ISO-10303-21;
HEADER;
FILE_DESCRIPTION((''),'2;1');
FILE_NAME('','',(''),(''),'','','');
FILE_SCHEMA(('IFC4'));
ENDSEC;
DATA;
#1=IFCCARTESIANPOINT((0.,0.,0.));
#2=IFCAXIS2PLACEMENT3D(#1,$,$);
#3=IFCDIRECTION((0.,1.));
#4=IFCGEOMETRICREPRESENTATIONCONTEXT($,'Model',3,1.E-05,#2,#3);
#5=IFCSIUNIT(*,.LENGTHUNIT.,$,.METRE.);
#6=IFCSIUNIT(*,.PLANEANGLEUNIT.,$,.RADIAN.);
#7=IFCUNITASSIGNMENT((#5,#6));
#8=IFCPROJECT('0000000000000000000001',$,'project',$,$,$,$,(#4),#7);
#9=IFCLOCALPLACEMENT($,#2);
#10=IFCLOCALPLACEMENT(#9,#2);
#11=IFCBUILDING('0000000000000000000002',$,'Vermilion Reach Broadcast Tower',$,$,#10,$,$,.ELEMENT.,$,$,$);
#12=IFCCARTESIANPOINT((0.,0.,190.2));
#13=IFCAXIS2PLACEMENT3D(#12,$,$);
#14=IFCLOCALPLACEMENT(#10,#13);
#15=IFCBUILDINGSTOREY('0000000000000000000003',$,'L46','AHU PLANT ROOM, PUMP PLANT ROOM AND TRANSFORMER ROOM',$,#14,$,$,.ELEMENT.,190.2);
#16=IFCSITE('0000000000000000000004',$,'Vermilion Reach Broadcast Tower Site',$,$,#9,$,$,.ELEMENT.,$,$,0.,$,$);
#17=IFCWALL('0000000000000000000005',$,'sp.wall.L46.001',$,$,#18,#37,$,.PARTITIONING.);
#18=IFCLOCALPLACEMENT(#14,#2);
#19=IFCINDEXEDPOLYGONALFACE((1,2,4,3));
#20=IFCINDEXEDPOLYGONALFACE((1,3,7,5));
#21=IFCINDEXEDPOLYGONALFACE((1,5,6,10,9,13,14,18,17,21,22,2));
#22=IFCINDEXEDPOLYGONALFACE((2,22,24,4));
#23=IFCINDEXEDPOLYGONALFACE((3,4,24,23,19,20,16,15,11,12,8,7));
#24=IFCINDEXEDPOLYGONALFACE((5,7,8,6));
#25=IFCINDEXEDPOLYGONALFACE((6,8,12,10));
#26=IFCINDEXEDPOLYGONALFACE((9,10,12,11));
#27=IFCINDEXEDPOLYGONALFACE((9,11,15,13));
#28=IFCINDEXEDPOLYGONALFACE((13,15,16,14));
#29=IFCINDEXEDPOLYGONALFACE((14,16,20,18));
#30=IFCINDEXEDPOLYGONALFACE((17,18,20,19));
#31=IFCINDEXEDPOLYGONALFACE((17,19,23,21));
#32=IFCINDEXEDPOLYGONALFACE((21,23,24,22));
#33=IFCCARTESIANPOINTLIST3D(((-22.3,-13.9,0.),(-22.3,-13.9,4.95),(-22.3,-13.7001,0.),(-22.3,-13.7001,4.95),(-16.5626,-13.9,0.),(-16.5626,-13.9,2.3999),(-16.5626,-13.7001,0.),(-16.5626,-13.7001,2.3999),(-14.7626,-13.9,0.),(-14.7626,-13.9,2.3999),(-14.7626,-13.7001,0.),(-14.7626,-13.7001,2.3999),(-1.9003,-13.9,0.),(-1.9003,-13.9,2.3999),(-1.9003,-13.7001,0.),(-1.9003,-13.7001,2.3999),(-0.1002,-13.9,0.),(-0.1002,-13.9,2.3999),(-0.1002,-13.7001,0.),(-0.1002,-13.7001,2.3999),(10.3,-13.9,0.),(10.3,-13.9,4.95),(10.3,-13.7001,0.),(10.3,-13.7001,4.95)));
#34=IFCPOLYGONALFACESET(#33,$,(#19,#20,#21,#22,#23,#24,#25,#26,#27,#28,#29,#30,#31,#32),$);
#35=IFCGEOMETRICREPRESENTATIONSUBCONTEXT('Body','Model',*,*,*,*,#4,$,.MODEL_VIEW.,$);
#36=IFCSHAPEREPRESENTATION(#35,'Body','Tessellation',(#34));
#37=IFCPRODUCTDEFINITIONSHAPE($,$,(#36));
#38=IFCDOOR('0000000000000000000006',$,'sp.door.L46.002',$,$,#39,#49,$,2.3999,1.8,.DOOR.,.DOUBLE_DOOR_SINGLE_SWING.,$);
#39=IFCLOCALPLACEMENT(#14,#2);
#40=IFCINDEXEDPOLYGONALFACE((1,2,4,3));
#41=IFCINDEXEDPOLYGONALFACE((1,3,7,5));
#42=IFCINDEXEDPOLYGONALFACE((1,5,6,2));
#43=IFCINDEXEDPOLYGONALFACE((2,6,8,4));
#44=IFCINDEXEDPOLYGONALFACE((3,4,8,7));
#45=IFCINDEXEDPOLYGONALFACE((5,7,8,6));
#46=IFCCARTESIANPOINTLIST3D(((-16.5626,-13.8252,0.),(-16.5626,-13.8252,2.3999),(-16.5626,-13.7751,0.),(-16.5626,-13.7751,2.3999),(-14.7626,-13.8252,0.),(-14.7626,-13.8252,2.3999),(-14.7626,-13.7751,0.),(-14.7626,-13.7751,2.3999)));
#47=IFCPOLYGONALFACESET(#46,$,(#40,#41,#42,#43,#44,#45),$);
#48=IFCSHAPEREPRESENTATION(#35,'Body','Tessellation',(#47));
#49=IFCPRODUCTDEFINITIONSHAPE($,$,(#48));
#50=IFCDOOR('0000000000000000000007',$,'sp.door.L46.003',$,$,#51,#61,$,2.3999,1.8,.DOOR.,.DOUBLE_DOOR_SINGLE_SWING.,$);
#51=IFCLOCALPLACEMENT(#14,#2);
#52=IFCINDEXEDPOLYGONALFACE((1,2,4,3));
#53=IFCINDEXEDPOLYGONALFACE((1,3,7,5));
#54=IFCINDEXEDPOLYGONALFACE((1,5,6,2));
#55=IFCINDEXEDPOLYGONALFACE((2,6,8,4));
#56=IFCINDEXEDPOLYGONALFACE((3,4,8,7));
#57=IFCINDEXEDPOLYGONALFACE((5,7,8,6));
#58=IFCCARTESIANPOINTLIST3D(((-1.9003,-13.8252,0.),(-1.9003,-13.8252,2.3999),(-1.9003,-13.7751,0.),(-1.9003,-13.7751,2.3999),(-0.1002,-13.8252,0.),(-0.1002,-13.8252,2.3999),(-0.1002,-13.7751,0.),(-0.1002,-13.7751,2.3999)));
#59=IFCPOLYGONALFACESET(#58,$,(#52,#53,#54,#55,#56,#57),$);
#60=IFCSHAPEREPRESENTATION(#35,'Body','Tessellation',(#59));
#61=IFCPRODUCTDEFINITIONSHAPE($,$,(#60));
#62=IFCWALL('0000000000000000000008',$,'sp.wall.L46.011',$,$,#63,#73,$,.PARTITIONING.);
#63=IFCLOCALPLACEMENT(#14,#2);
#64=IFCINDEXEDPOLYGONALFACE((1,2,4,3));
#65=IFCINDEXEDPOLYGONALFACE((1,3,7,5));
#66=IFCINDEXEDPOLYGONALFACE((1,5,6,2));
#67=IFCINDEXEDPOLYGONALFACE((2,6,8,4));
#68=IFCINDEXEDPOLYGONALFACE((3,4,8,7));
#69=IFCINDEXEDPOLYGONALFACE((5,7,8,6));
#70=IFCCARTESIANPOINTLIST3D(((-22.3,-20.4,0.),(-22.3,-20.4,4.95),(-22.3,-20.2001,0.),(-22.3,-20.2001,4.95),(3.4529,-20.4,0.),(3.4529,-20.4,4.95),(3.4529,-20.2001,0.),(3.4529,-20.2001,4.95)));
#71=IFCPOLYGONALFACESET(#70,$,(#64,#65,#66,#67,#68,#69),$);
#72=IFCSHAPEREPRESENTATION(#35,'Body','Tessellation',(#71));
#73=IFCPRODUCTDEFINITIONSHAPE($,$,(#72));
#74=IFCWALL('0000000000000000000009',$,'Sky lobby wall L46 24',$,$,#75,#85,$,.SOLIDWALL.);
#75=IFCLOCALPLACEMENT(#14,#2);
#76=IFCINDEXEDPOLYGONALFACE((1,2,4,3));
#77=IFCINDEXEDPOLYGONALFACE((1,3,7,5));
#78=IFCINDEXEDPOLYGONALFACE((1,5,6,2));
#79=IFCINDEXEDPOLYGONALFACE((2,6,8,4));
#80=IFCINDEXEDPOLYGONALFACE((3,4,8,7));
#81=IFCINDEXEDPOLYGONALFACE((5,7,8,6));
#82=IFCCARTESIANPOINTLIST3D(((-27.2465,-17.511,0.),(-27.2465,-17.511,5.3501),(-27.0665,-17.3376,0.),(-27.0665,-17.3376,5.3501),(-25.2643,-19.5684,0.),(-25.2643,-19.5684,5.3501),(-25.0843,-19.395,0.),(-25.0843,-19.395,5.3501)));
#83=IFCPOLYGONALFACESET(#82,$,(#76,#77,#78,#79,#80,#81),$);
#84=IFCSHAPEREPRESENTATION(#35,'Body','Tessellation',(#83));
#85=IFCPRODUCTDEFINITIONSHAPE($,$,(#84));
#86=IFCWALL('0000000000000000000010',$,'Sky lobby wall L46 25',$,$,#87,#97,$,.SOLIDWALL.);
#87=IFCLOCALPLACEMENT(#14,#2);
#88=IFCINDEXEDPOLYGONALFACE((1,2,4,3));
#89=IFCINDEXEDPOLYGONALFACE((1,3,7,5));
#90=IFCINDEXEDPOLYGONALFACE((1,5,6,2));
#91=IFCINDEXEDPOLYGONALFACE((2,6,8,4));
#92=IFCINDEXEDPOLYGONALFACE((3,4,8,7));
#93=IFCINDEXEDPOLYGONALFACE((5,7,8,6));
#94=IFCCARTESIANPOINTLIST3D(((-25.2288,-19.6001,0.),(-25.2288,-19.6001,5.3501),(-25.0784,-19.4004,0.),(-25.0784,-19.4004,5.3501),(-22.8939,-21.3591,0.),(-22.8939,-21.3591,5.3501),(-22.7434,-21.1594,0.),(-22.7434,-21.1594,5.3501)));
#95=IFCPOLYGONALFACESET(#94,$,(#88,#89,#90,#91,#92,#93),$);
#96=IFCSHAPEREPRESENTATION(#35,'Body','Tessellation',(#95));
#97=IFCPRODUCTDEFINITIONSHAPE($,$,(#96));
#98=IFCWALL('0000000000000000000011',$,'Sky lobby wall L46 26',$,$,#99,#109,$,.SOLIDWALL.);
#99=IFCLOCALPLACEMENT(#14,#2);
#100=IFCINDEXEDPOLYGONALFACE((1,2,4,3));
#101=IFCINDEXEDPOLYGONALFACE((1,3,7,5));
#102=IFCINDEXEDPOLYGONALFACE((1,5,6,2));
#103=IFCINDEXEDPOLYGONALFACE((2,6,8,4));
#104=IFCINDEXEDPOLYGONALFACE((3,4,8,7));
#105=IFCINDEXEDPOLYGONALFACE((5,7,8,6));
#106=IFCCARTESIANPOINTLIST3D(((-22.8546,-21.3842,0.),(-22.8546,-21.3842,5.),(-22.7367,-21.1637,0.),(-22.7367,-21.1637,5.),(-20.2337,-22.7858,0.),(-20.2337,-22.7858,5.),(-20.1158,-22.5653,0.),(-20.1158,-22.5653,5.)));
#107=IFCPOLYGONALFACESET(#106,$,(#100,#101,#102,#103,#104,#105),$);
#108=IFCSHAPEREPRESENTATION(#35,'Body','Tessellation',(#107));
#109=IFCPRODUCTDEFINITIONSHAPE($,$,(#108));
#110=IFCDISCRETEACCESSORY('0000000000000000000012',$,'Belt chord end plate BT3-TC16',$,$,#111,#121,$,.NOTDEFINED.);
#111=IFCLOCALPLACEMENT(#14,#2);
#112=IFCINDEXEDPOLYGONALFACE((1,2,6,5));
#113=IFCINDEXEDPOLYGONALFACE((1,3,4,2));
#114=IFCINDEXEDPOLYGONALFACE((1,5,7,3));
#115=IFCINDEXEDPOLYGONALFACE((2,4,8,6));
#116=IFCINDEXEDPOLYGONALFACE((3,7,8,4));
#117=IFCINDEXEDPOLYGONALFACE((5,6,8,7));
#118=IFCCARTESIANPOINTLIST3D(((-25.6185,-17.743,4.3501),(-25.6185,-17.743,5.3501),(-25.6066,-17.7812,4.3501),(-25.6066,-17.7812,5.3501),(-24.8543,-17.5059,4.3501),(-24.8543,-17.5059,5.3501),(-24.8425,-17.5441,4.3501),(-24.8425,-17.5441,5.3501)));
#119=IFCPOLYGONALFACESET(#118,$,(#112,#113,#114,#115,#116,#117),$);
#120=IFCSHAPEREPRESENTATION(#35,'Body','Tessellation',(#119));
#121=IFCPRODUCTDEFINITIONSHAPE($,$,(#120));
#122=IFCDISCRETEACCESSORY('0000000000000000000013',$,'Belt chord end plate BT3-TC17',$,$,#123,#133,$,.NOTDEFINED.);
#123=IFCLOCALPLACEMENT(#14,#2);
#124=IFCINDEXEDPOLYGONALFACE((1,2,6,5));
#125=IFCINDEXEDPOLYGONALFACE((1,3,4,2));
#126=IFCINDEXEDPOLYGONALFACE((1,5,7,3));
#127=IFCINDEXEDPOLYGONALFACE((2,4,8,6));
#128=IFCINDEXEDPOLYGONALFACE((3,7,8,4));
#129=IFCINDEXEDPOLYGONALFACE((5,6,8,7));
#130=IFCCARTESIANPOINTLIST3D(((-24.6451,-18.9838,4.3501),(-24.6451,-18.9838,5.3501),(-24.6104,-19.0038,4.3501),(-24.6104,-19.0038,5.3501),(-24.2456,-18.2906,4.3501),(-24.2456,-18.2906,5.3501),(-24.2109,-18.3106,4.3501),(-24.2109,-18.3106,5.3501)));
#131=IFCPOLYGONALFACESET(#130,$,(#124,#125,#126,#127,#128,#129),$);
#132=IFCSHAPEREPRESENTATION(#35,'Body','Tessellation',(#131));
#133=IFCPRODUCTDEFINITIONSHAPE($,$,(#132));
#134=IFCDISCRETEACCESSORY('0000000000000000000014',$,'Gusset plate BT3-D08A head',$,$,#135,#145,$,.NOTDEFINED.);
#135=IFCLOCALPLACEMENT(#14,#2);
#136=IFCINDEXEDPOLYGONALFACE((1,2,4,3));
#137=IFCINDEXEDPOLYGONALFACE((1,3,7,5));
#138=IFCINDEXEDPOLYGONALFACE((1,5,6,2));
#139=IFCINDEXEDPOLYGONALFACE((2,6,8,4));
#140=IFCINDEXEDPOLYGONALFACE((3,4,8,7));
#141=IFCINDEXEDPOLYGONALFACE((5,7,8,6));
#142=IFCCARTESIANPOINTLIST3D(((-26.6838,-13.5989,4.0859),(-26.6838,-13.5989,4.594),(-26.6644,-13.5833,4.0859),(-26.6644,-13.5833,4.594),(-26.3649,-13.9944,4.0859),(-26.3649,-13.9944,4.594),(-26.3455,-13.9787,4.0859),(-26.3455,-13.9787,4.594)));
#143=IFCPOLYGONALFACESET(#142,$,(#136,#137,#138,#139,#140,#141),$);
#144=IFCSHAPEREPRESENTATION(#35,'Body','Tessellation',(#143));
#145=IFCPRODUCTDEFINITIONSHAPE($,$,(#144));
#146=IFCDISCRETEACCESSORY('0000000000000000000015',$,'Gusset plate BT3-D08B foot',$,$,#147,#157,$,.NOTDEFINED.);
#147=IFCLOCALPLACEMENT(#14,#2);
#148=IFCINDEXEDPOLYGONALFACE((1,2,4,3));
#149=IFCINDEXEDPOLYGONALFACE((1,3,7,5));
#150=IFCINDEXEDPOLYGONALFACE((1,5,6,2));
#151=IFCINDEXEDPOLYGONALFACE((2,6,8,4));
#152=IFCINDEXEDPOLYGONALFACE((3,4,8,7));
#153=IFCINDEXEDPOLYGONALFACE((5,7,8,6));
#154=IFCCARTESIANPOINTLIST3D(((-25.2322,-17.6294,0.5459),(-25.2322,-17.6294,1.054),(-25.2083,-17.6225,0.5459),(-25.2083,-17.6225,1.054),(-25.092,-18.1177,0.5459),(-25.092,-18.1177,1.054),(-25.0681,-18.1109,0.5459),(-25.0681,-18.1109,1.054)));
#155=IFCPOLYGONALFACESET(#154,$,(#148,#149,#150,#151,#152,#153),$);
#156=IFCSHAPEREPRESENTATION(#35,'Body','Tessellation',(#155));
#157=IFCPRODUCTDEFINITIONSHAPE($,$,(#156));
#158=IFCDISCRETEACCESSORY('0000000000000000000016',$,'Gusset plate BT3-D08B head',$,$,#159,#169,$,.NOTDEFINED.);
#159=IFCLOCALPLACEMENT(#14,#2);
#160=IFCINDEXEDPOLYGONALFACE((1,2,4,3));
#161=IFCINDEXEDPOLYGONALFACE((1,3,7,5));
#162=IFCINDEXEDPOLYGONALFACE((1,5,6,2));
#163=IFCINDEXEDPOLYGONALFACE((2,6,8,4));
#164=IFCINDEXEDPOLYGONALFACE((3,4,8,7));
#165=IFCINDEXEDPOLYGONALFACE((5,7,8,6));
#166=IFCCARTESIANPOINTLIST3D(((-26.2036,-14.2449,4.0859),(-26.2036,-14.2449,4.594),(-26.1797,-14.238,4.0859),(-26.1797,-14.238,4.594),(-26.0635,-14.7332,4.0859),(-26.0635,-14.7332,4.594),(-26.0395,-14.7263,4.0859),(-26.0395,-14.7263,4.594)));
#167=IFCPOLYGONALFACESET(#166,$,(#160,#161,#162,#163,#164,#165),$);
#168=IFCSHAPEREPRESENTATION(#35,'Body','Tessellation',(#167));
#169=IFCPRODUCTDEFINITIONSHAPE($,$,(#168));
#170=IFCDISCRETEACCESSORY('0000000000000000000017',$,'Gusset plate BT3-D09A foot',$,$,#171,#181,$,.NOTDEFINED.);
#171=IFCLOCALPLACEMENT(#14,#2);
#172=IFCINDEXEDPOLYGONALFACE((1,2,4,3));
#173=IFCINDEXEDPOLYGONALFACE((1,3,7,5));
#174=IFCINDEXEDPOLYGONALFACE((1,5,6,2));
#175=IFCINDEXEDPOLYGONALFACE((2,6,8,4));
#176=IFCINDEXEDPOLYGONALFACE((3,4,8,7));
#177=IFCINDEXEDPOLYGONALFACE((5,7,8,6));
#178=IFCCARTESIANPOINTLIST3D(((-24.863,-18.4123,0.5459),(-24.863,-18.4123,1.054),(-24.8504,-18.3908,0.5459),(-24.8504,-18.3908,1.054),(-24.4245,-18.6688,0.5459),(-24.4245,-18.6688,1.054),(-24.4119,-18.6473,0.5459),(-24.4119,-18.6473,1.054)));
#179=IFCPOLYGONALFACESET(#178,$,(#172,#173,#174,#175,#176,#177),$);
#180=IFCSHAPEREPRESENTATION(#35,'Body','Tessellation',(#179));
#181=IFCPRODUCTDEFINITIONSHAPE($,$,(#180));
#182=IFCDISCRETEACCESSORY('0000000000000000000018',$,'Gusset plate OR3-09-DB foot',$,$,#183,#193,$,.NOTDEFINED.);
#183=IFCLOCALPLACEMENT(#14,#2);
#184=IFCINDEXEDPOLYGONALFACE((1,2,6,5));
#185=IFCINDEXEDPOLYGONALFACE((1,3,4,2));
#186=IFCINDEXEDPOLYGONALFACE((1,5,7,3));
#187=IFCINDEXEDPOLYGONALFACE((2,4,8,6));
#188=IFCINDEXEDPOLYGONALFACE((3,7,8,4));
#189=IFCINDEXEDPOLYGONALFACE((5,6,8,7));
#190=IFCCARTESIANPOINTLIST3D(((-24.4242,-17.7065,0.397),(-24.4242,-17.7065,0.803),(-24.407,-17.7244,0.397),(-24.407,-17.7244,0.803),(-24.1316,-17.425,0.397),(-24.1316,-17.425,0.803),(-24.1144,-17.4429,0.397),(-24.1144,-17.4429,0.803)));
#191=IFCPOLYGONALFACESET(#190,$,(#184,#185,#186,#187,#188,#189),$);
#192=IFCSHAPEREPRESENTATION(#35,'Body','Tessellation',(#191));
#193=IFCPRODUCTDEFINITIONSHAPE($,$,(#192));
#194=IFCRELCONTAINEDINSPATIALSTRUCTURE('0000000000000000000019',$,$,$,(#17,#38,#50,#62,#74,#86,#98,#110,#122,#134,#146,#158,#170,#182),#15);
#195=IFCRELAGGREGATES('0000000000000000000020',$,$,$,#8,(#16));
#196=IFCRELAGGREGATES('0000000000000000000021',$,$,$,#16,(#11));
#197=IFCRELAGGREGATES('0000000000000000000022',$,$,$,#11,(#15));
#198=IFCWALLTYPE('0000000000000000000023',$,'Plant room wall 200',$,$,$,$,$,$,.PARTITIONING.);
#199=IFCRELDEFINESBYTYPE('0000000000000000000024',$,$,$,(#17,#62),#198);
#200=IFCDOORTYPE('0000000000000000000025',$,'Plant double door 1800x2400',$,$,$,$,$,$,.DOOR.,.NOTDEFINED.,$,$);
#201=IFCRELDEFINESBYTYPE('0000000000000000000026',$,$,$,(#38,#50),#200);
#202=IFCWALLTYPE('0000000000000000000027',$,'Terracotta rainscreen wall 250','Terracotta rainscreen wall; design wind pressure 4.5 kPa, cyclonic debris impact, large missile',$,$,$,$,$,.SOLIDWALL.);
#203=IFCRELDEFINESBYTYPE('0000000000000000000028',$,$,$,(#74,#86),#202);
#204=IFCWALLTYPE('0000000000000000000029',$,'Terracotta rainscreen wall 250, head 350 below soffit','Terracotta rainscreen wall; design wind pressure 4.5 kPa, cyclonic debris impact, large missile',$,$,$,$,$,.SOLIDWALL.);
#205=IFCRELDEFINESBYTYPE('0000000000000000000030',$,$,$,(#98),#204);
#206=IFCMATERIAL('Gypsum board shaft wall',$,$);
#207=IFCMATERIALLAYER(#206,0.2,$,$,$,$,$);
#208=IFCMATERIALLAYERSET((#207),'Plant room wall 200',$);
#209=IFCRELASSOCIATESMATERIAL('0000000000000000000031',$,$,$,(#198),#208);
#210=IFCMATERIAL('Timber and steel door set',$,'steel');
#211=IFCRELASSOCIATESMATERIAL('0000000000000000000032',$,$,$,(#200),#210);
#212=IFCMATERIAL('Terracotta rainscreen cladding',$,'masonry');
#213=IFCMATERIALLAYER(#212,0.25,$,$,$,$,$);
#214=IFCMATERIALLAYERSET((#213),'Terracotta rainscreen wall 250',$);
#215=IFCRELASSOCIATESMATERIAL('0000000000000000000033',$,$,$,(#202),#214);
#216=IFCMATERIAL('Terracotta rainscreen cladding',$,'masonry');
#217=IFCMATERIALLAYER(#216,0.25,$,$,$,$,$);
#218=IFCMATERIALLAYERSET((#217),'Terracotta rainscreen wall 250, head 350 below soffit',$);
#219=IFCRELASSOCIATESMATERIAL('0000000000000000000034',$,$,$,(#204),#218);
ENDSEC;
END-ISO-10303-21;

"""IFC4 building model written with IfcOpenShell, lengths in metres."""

from ifc_helpers import new_model, si_unit, direction, frame, frame_2d, origin, origin_2d, place, context, subcontext, project, spatial, rectangle, extrude, material, layer, layer_set, type_object, element, fill, save


model = new_model("IFC4")

# Units and contexts
model_context = context("Model", 3, precision=1e-05, world=origin(), true_north=direction((0.0, 1.0)))
body_context = subcontext(model_context, "Body", "Model", "MODEL_VIEW")
ifc_project = project(units=[si_unit("LENGTHUNIT", "METRE"), si_unit("PLANEANGLEUNIT", "RADIAN")], contexts=[model_context])

# Site, building, storey
site_placement = place(None, origin())
site = spatial("IfcSite", under=ifc_project, at=site_placement, Name="Vermilion Reach Broadcast Tower Site", CompositionType="ELEMENT", RefElevation=0.0)
building_placement = place(site_placement, origin())
building = spatial("IfcBuilding", under=site, at=building_placement, Name="Vermilion Reach Broadcast Tower", CompositionType="ELEMENT")
storey_placement = place(building_placement, frame((0.0, 0.0, 190.2)))
storey = spatial("IfcBuildingStorey", under=building, at=storey_placement, Name="L46", Description="AHU PLANT ROOM, PUMP PLANT ROOM AND TRANSFORMER ROOM", CompositionType="ELEMENT", Elevation=190.2)

# Wall, openings, doors
ifc_material_1 = material(Name="Gypsum board shaft wall")
ifc_layer_1 = layer(ifc_material_1, 0.2)
ifc_layer_set_1 = layer_set([ifc_layer_1], Name="Plant room wall 200")
wall_type_1 = type_object("IfcWallType", Name="Plant room wall 200", PredefinedType="PARTITIONING", material=ifc_layer_set_1)
wall_1_placement = place(storey_placement, frame((-22.3, -13.8, 0.0), z_axis=(0.0, 0.0, 1.0), x_axis=(1.0, 0.0, 0.0)))
wall_1 = element("IfcWall", 1, at=wall_1_placement, inside=storey, type_object=wall_type_1, Name="sp.wall.L46.001", PredefinedType="PARTITIONING", context=body_context, shape_type="SweptSolid", body=[
    extrude(rectangle(XDim=32.6001, YDim=0.2, at=frame_2d((16.3, 0.0))), origin(), (0.0, 0.0, 1.0), 4.95),
])
opening_1_placement = place(wall_1_placement, frame((5.7375, 0.0, 0.0)))
opening_1 = element("IfcOpeningElement", 2, at=opening_1_placement, cuts=wall_1, PredefinedType="OPENING", context=body_context, shape_type="SweptSolid", body=[
    extrude(rectangle(XDim=1.8, YDim=2.3999, at=frame_2d((0.8999, 1.2))), frame((0.0, 0.1099, 0.0), z_axis=(0.0, -1.0, 0.0), x_axis=(1.0, 0.0, 0.0)), (0.0, 0.0, 1.0), 0.22),
])
opening_2_placement = place(wall_1_placement, frame((20.3999, 0.0, 0.0)))
opening_2 = element("IfcOpeningElement", 3, at=opening_2_placement, cuts=wall_1, PredefinedType="OPENING", context=body_context, shape_type="SweptSolid", body=[
    extrude(rectangle(XDim=1.8, YDim=2.3999, at=frame_2d((0.8999, 1.2))), frame((0.0, 0.1099, 0.0), z_axis=(0.0, -1.0, 0.0), x_axis=(1.0, 0.0, 0.0)), (0.0, 0.0, 1.0), 0.22),
])
ifc_material_2 = material(Name="Timber and steel door set", Category="steel")
door_type = type_object("IfcDoorType", Name="Plant double door 1800x2400", OperationType="NOTDEFINED", PredefinedType="DOOR", material=ifc_material_2)
door_1_placement = place(opening_1_placement, origin())
door_1 = element("IfcDoor", 4, at=door_1_placement, inside=storey, type_object=door_type, Name="sp.door.L46.002", OperationType="DOUBLE_DOOR_SINGLE_SWING", OverallHeight=2.3999, OverallWidth=1.8, PredefinedType="DOOR", context=body_context, shape_type="SweptSolid", body=[
    extrude(rectangle(XDim=1.8, YDim=2.3999, at=frame_2d((0.8999, 1.2))), frame((0.0, 0.0249, 0.0), z_axis=(0.0, -1.0, 0.0), x_axis=(1.0, 0.0, 0.0)), (0.0, 0.0, 1.0), 0.05),
])
fill(opening_1, door_1)
door_2_placement = place(opening_2_placement, origin())
door_2 = element("IfcDoor", 5, at=door_2_placement, inside=storey, type_object=door_type, Name="sp.door.L46.003", OperationType="DOUBLE_DOOR_SINGLE_SWING", OverallHeight=2.3999, OverallWidth=1.8, PredefinedType="DOOR", context=body_context, shape_type="SweptSolid", body=[
    extrude(rectangle(XDim=1.8, YDim=2.3999, at=frame_2d((0.8999, 1.2))), frame((0.0, 0.0249, 0.0), z_axis=(0.0, -1.0, 0.0), x_axis=(1.0, 0.0, 0.0)), (0.0, 0.0, 1.0), 0.05),
])
fill(opening_2, door_2)

# Walls
wall_2_placement = place(storey_placement, frame((-22.3, -20.3, 0.0), z_axis=(0.0, 0.0, 1.0), x_axis=(1.0, 0.0, 0.0)))
element("IfcWall", 6, at=wall_2_placement, inside=storey, type_object=wall_type_1, Name="sp.wall.L46.011", PredefinedType="PARTITIONING", context=body_context, shape_type="SweptSolid", body=[
    extrude(rectangle(XDim=25.7529, YDim=0.2, at=frame_2d((12.8765, 0.0))), origin(), (0.0, 0.0, 1.0), 4.95),
])
ifc_material_3 = material(Name="Terracotta rainscreen cladding", Category="masonry")
ifc_layer_2 = layer(ifc_material_3, 0.25)
ifc_layer_set_2 = layer_set([ifc_layer_2], Name="Terracotta rainscreen wall 250")
wall_type_2 = type_object("IfcWallType", Name="Terracotta rainscreen wall 250", Description="Terracotta rainscreen wall; design wind pressure 4.5 kPa, cyclonic debris impact, large missile", PredefinedType="SOLIDWALL", material=ifc_layer_set_2)
wall_3_placement = place(storey_placement, frame((-27.1565, -17.4243, 0.0), z_axis=(0.0, 0.0, 1.0), x_axis=(0.693824, -0.720145, 0.0)))
element("IfcWall", 7, at=wall_3_placement, inside=storey, type_object=wall_type_2, Name="Sky lobby wall L46 24", PredefinedType="SOLIDWALL", context=body_context, shape_type="SweptSolid", body=[
    extrude(rectangle(XDim=2.8569, YDim=0.25, at=frame_2d((1.4285, 0.0))), origin(), (0.0, 0.0, 1.0), 5.3501),
])
wall_4_placement = place(storey_placement, frame((-25.1536, -19.5002, 0.0), z_axis=(0.0, 0.0, 1.0), x_axis=(0.798715, -0.601709, 0.0)))
element("IfcWall", 8, at=wall_4_placement, inside=storey, type_object=wall_type_2, Name="Sky lobby wall L46 25", PredefinedType="SOLIDWALL", context=body_context, shape_type="SweptSolid", body=[
    extrude(rectangle(XDim=2.9233, YDim=0.25, at=frame_2d((1.4617, 0.0))), origin(), (0.0, 0.0, 1.0), 5.3501),
])
ifc_material_4 = material(Name="Terracotta rainscreen cladding", Category="masonry")
ifc_layer_3 = layer(ifc_material_4, 0.25)
ifc_layer_set_3 = layer_set([ifc_layer_3], Name="Terracotta rainscreen wall 250, head 350 below soffit")
wall_type_3 = type_object("IfcWallType", Name="Terracotta rainscreen wall 250, head 350 below soffit", Description="Terracotta rainscreen wall; design wind pressure 4.5 kPa, cyclonic debris impact, large missile", PredefinedType="SOLIDWALL", material=ifc_layer_set_3)
wall_5_placement = place(storey_placement, frame((-22.7957, -21.2739, 0.0), z_axis=(0.0, 0.0, 1.0), x_axis=(0.881818, -0.47159, 0.0)))
element("IfcWall", 9, at=wall_5_placement, inside=storey, type_object=wall_type_3, Name="Sky lobby wall L46 26", PredefinedType="SOLIDWALL", context=body_context, shape_type="SweptSolid", body=[
    extrude(rectangle(XDim=2.9722, YDim=0.25, at=frame_2d((1.4861, 0.0))), origin(), (0.0, 0.0, 1.0), 5.0),
])

# Discrete accessories
for number, where, z_axis, x_axis, name in (
    (10, (-25.2305, -17.6436, 4.3501), (0.0, 0.0, 1.0), (0.296297, -0.955096, 0.0), "Belt chord end plate BT3-TC16"),
    (11, (-24.428, -18.6472, 4.3501), (0.0, 0.0, 1.0), (-0.866413, 0.499327, 0.0), "Belt chord end plate BT3-TC17"),
):
    element("IfcDiscreteAccessory", number, at=place(storey_placement, frame(where, z_axis=z_axis, x_axis=x_axis)), inside=storey, Name=name, PredefinedType="NOTDEFINED", context=body_context, shape_type="SweptSolid", body=[
        extrude(rectangle(XDim=0.04, YDim=0.8, at=origin_2d()), origin(), (0.0, 0.0, 1.0), 1.0),
    ])
for number, where, z_axis, x_axis, name in (
    (12, (-26.5146, -13.7888, 4.0859), (0.0, 0.0, 1.0), (0.778442, 0.627717, 0.0), "Gusset plate BT3-D08A head"),
    (13, (-25.1501, -17.8701, 0.5459), (0.0, 0.0, 1.0), (-0.961187, -0.275897, 0.0), "Gusset plate BT3-D08B foot"),
    (14, (-26.1216, -14.4856, 4.0859), (0.0, 0.0, 1.0), (-0.961187, -0.275897, 0.0), "Gusset plate BT3-D08B head"),
    (15, (-24.6375, -18.5298, 0.5459), (0.0, 0.0, 1.0), (0.504849, 0.863208, 0.0), "Gusset plate BT3-D09A foot"),
):
    element("IfcDiscreteAccessory", number, at=place(storey_placement, frame(where, z_axis=z_axis, x_axis=x_axis)), inside=storey, Name=name, PredefinedType="NOTDEFINED", context=body_context, shape_type="SweptSolid", body=[
        extrude(rectangle(XDim=0.0249, YDim=0.5081, at=origin_2d()), origin(), (0.0, 0.0, 1.0), 0.5081),
    ])
discrete_accessory_placement = place(storey_placement, frame((-24.2693, -17.5747, 0.397), z_axis=(0.0, 0.0, 1.0), x_axis=(0.693276, -0.720672, 0.0)))
element("IfcDiscreteAccessory", 16, at=discrete_accessory_placement, inside=storey, Name="Gusset plate OR3-09-DB foot", PredefinedType="NOTDEFINED", context=body_context, shape_type="SweptSolid", body=[
    extrude(rectangle(XDim=0.0249, YDim=0.406, at=origin_2d()), origin(), (0.0, 0.0, 1.0), 0.406),
])

save(model, "model.ifc")
